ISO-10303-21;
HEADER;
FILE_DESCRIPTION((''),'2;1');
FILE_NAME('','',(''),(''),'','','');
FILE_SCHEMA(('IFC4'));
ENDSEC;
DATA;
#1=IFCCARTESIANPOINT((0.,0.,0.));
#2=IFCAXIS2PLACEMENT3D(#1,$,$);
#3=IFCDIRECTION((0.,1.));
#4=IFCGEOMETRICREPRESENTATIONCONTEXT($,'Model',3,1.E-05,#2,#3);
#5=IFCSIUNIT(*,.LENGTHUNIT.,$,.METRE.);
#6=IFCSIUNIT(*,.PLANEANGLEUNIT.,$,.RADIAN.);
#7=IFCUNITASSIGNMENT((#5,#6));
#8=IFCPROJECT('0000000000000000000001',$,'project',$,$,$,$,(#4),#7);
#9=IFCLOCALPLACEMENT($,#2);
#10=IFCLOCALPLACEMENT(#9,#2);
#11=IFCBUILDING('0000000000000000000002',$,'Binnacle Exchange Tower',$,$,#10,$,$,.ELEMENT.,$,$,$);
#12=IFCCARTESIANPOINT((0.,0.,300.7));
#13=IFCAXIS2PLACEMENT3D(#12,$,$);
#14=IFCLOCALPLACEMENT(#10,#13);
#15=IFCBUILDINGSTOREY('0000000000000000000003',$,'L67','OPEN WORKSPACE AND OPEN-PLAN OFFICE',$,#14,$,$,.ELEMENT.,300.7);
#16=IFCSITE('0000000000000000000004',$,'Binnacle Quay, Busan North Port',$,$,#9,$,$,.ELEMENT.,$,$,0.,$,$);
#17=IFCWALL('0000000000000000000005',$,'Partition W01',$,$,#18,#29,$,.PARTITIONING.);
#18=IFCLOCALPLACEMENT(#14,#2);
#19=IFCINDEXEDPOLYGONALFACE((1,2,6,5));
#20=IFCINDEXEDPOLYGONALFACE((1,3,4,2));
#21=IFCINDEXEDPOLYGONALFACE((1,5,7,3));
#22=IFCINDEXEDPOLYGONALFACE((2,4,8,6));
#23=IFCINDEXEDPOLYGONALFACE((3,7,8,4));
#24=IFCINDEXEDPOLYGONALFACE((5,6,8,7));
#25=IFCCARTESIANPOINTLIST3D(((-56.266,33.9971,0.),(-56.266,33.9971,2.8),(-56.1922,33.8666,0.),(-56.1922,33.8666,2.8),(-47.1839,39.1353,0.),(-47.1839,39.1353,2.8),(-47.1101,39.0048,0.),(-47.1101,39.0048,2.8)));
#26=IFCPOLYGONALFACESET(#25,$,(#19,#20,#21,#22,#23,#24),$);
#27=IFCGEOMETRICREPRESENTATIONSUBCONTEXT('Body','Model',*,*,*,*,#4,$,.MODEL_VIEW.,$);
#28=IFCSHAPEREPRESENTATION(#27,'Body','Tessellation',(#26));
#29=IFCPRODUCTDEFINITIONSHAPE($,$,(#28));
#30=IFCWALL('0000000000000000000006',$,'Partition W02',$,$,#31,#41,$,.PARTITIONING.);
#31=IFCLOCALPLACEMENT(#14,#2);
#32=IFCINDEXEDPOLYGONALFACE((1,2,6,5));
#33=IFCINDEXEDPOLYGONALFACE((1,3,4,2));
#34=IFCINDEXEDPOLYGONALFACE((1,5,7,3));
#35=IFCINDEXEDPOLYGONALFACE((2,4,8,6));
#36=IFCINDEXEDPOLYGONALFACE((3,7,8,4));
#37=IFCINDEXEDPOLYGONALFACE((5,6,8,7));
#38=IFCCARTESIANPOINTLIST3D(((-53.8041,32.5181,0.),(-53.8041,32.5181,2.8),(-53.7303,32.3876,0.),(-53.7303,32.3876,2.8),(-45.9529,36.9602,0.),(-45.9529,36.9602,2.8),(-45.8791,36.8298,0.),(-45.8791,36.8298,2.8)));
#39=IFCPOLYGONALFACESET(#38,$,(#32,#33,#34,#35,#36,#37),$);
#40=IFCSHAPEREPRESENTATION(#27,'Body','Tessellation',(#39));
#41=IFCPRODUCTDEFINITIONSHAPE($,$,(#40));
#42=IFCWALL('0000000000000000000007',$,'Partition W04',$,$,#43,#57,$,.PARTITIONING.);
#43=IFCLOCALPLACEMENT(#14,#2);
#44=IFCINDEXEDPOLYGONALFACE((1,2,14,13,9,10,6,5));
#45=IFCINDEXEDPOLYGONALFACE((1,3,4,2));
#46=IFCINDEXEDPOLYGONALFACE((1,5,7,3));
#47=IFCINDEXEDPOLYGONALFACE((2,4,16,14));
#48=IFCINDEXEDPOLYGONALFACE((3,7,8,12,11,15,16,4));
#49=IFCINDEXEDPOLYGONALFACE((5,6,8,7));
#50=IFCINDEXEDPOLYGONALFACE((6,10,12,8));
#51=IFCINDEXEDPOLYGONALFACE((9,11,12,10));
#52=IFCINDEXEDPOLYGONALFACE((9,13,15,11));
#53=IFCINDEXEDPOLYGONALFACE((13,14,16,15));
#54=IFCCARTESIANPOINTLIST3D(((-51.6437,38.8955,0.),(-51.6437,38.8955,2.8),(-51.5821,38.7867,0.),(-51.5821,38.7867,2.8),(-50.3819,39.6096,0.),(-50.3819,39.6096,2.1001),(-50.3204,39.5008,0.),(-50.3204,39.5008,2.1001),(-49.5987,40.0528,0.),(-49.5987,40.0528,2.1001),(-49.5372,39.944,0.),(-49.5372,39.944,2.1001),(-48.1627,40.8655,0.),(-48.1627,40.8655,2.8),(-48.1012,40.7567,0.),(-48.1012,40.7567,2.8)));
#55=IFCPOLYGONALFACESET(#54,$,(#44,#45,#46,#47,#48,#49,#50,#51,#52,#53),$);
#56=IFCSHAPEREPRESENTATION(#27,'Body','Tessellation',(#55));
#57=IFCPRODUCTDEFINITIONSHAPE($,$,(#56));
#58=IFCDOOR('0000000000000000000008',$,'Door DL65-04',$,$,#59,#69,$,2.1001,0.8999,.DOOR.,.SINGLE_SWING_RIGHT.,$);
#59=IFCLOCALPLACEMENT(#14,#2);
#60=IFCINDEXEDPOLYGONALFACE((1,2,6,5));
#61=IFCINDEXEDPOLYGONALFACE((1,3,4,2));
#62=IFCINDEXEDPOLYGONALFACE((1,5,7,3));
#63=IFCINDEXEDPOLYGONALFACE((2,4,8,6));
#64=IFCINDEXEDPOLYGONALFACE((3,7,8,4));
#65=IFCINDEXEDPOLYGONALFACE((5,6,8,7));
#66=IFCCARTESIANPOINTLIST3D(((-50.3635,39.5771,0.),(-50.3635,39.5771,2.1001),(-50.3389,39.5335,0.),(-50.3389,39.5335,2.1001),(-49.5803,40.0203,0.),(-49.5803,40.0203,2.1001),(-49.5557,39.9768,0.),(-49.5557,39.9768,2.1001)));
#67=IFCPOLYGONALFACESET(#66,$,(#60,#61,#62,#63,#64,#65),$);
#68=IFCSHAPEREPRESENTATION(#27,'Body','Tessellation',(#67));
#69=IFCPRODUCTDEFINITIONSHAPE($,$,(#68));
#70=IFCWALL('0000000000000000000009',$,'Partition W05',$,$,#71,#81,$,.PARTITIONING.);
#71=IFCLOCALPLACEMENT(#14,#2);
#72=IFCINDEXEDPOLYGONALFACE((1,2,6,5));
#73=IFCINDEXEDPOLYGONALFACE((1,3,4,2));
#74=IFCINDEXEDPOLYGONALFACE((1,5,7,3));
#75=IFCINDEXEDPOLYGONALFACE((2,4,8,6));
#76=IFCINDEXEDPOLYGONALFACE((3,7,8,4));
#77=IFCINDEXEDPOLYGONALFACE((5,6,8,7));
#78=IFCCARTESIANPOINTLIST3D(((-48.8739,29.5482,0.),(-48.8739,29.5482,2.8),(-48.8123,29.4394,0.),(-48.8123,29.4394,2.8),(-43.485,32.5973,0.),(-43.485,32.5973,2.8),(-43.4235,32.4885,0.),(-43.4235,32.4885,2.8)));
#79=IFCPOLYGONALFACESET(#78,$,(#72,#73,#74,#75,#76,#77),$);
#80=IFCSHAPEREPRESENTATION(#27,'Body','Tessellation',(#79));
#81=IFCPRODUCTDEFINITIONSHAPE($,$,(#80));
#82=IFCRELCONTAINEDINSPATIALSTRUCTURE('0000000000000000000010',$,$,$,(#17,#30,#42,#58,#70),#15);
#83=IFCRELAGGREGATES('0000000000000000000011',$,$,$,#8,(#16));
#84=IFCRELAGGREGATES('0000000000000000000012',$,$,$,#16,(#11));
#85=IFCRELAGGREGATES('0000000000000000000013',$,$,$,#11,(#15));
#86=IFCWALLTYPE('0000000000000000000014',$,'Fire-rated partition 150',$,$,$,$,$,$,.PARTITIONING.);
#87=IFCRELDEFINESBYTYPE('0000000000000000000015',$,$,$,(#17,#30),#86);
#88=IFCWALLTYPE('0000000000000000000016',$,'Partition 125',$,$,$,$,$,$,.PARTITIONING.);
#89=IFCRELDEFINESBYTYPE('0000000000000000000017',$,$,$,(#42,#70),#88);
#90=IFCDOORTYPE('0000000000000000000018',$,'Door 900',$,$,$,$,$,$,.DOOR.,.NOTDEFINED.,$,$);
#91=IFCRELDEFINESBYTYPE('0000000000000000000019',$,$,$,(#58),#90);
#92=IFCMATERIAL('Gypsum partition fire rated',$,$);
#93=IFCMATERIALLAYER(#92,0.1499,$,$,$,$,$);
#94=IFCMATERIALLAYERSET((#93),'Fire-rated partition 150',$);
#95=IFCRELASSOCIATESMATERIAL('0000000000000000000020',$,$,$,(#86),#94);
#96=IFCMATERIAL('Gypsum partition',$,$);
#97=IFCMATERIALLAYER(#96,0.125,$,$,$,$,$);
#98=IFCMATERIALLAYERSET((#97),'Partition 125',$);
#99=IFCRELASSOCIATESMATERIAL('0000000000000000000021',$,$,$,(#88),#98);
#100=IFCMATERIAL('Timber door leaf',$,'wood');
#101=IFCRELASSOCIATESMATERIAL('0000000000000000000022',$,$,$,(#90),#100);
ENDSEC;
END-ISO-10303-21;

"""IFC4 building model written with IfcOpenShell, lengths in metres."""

from ifc_helpers import new_model, si_unit, direction, frame, frame_2d, origin, place, context, subcontext, project, spatial, rectangle, extrude, material, layer, layer_set, type_object, element, fill, save


model = new_model("IFC4")

# Units and contexts
model_context = context("Model", 3, precision=1e-05, world=origin(), true_north=direction((0.0, 1.0)))
body_context = subcontext(model_context, "Body", "Model", "MODEL_VIEW")
ifc_project = project(units=[si_unit("LENGTHUNIT", "METRE"), si_unit("PLANEANGLEUNIT", "RADIAN")], contexts=[model_context])

# Site, building, storey
site_placement = place(None, origin())
site = spatial("IfcSite", under=ifc_project, at=site_placement, Name="Binnacle Quay, Busan North Port", CompositionType="ELEMENT", RefElevation=0.0)
building_placement = place(site_placement, origin())
building = spatial("IfcBuilding", under=site, at=building_placement, Name="Binnacle Exchange Tower", CompositionType="ELEMENT")
storey_placement = place(building_placement, frame((0.0, 0.0, 300.7)))
storey = spatial("IfcBuildingStorey", under=building, at=storey_placement, Name="L67", Description="OPEN WORKSPACE AND OPEN-PLAN OFFICE", CompositionType="ELEMENT", Elevation=300.7)

# Walls
ifc_material_1 = material(Name="Gypsum partition fire rated")
ifc_layer_1 = layer(ifc_material_1, 0.1499)
ifc_layer_set_1 = layer_set([ifc_layer_1], Name="Fire-rated partition 150")
wall_type_1 = type_object("IfcWallType", Name="Fire-rated partition 150", PredefinedType="PARTITIONING", material=ifc_layer_set_1)
wall_1_placement = place(storey_placement, frame((-56.229, 33.9319, 0.0), z_axis=(0.0, 0.0, 1.0), x_axis=(0.870363, 0.49241, 0.0)))
element("IfcWall", 1, at=wall_1_placement, inside=storey, type_object=wall_type_1, Name="Partition W01", PredefinedType="PARTITIONING", context=body_context, shape_type="SweptSolid", body=[
    extrude(rectangle(XDim=10.4348, YDim=0.1499, at=frame_2d((5.2173, 0.0))), origin(), (0.0, 0.0, 1.0), 2.8),
])
wall_2_placement = place(storey_placement, frame((-53.7671, 32.4529, 0.0), z_axis=(0.0, 0.0, 1.0), x_axis=(0.870345, 0.492442, 0.0)))
element("IfcWall", 2, at=wall_2_placement, inside=storey, type_object=wall_type_1, Name="Partition W02", PredefinedType="PARTITIONING", context=body_context, shape_type="SweptSolid", body=[
    extrude(rectangle(XDim=9.0208, YDim=0.1499, at=frame_2d((4.5103, 0.0))), origin(), (0.0, 0.0, 1.0), 2.8),
])

# Wall, opening, door
ifc_material_2 = material(Name="Gypsum partition")
ifc_layer_2 = layer(ifc_material_2, 0.125)
ifc_layer_set_2 = layer_set([ifc_layer_2], Name="Partition 125")
wall_type_2 = type_object("IfcWallType", Name="Partition 125", PredefinedType="PARTITIONING", material=ifc_layer_set_2)
wall_3_placement = place(storey_placement, frame((-51.613, 38.8411, 0.0), z_axis=(0.0, 0.0, 1.0), x_axis=(0.870298, 0.492526, 0.0)))
wall_3 = element("IfcWall", 3, at=wall_3_placement, inside=storey, type_object=wall_type_2, Name="Partition W04", PredefinedType="PARTITIONING", context=body_context, shape_type="SweptSolid", body=[
    extrude(rectangle(XDim=3.9998, YDim=0.125, at=frame_2d((2.0, 0.0))), origin(), (0.0, 0.0, 1.0), 2.8),
])
opening_placement = place(wall_3_placement, frame((1.45, 0.0, 0.0)))
opening = element("IfcOpeningElement", 4, at=opening_placement, cuts=wall_3, PredefinedType="OPENING", context=body_context, shape_type="SweptSolid", body=[
    extrude(rectangle(XDim=0.8999, YDim=2.1001, at=frame_2d((0.45, 1.05))), frame((0.0, 0.0725, 0.0), z_axis=(0.0, -1.0, 0.0), x_axis=(1.0, 0.0, 0.0)), (0.0, 0.0, 1.0), 0.145),
])
ifc_material_3 = material(Name="Timber door leaf", Category="wood")
door_type = type_object("IfcDoorType", Name="Door 900", OperationType="NOTDEFINED", PredefinedType="DOOR", material=ifc_material_3)
door_placement = place(opening_placement, frame((0.8999, 0.0, 0.0), z_axis=(0.0, 0.0, 1.0), x_axis=(-1.0, 0.0, 0.0)))
door = element("IfcDoor", 5, at=door_placement, inside=storey, type_object=door_type, Name="Door DL65-04", OperationType="SINGLE_SWING_RIGHT", OverallHeight=2.1001, OverallWidth=0.8999, PredefinedType="DOOR", context=body_context, shape_type="SweptSolid", body=[
    extrude(rectangle(XDim=0.8999, YDim=2.1001, at=frame_2d((0.45, 1.05))), frame((0.0, 0.0249, 0.0), z_axis=(0.0, -1.0, 0.0), x_axis=(1.0, 0.0, 0.0)), (0.0, 0.0, 1.0), 0.05),
])
fill(opening, door)

# Wall
wall_4_placement = place(storey_placement, frame((-48.843, 29.4939, 0.0), z_axis=(0.0, 0.0, 1.0), x_axis=(0.870344, 0.492444, 0.0)))
element("IfcWall", 6, at=wall_4_placement, inside=storey, type_object=wall_type_2, Name="Partition W05", PredefinedType="PARTITIONING", context=body_context, shape_type="SweptSolid", body=[
    extrude(rectangle(XDim=6.1917, YDim=0.125, at=frame_2d((3.0957, 0.0))), origin(), (0.0, 0.0, 1.0), 2.8),
])

save(model, "model.ifc")
